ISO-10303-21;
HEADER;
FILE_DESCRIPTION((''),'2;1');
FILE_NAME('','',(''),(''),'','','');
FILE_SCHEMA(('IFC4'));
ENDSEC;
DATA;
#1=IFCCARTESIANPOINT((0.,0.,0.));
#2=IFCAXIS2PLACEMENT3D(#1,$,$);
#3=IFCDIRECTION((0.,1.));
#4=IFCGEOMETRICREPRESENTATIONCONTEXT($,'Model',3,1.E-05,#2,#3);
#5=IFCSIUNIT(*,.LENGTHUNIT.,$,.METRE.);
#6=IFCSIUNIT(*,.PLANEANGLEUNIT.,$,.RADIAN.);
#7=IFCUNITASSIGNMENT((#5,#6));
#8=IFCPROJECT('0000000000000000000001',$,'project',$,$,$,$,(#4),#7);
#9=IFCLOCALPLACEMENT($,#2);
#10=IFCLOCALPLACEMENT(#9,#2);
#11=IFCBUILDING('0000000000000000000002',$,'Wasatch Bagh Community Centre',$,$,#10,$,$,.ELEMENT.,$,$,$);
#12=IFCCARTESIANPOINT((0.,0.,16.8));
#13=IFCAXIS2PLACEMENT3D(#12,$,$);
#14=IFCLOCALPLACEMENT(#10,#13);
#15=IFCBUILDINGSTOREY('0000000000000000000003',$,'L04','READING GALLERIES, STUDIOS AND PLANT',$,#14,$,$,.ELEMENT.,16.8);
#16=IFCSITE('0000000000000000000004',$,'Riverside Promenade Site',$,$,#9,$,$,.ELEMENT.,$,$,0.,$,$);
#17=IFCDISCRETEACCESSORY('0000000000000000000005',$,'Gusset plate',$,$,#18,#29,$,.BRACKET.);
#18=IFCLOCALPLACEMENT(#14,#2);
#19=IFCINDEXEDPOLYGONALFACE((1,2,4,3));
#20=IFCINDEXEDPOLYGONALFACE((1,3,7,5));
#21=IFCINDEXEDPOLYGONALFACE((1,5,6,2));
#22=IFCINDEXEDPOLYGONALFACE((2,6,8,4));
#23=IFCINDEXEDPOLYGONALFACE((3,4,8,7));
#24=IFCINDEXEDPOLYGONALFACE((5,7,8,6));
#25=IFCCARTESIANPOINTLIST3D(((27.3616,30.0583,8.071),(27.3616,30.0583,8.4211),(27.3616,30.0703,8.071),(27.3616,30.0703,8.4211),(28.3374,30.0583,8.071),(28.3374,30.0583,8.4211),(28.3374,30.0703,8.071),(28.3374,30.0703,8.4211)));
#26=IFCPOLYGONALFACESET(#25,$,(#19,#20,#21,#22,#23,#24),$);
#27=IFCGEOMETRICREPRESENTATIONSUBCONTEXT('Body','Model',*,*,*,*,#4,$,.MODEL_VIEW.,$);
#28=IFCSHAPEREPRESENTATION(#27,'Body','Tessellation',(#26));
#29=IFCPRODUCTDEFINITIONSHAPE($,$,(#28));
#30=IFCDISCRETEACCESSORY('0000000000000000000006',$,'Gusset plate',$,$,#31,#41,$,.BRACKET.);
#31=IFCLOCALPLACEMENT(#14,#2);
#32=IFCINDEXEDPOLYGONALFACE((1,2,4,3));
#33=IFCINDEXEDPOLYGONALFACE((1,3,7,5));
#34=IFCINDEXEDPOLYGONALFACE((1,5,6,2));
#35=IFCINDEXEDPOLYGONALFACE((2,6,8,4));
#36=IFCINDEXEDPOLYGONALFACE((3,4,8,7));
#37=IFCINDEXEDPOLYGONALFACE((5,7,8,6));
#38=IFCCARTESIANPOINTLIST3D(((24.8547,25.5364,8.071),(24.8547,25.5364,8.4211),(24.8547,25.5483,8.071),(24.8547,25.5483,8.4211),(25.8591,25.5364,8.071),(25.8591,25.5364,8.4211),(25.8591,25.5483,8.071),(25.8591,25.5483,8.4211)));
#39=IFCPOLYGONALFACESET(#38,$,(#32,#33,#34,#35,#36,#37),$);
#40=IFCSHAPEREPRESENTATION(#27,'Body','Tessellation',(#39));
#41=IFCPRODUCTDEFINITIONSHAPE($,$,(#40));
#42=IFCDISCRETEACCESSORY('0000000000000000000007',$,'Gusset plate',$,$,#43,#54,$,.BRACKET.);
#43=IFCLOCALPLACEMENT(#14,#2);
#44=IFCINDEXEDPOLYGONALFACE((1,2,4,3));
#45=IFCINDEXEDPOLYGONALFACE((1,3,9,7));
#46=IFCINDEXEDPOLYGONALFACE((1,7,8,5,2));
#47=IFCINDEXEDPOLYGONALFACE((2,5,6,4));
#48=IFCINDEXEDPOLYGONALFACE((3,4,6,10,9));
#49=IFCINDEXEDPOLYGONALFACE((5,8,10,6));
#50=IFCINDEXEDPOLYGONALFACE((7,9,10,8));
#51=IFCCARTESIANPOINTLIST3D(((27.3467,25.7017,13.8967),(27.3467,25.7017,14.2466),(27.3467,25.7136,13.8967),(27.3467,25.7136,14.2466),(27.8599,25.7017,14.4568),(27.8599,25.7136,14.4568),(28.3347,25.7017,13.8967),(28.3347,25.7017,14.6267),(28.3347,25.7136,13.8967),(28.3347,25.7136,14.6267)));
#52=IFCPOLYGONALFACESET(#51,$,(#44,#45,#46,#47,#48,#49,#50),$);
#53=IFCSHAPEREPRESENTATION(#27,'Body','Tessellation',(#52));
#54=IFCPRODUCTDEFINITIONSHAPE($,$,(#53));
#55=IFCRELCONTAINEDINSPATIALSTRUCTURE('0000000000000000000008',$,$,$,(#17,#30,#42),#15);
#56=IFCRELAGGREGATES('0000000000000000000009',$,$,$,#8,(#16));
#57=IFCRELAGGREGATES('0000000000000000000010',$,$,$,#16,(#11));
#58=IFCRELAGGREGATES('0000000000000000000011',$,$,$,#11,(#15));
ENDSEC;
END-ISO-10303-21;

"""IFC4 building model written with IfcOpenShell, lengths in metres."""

from ifc_helpers import new_model, si_unit, direction, frame, origin, place, context, subcontext, project, spatial, polyline, outline, extrude, element, save


model = new_model("IFC4")

# Units and contexts
model_context = context("Model", 3, precision=1e-05, world=origin(), true_north=direction((0.0, 1.0)))
body_context = subcontext(model_context, "Body", "Model", "MODEL_VIEW")
ifc_project = project(units=[si_unit("LENGTHUNIT", "METRE"), si_unit("PLANEANGLEUNIT", "RADIAN")], contexts=[model_context])

# Site, building, storey
site_placement = place(None, origin())
site = spatial("IfcSite", under=ifc_project, at=site_placement, Name="Riverside Promenade Site", CompositionType="ELEMENT", RefElevation=0.0)
building_placement = place(site_placement, origin())
building = spatial("IfcBuilding", under=site, at=building_placement, Name="Wasatch Bagh Community Centre", CompositionType="ELEMENT")
storey_placement = place(building_placement, frame((0.0, 0.0, 16.8)))
storey = spatial("IfcBuildingStorey", under=building, at=storey_placement, Name="L04", Description="READING GALLERIES, STUDIOS AND PLANT", CompositionType="ELEMENT", Elevation=16.8)

# Discrete accessories
discrete_accessory_1_placement = place(storey_placement, frame((27.3616, 30.0583, 8.071), z_axis=(0.0, -1.0, 0.0), x_axis=(1.0, 0.0, 0.0)))
element("IfcDiscreteAccessory", 1, at=discrete_accessory_1_placement, inside=storey, Name="Gusset plate", PredefinedType="BRACKET", context=body_context, shape_type="SweptSolid", body=[
    extrude(outline(polyline([(0.0, 0.0), (0.9758, 0.0), (0.9758, 0.3501), (0.0, 0.3501), (0.0, 0.0)])), origin(), (0.0, 0.0, -1.0), 0.012),
])
discrete_accessory_2_placement = place(storey_placement, frame((24.8547, 25.5364, 8.071), z_axis=(0.0, -1.0, 0.0), x_axis=(1.0, 0.0, 0.0)))
element("IfcDiscreteAccessory", 2, at=discrete_accessory_2_placement, inside=storey, Name="Gusset plate", PredefinedType="BRACKET", context=body_context, shape_type="SweptSolid", body=[
    extrude(outline(polyline([(0.0, 0.0), (1.0044, 0.0), (1.0044, 0.3501), (0.0, 0.3501), (0.0, 0.0)])), origin(), (0.0, 0.0, -1.0), 0.012),
])
discrete_accessory_3_placement = place(storey_placement, frame((27.3467, 25.7136, 14.2466), z_axis=(0.0, 1.0, 0.0), x_axis=(0.925379, 0.0, 0.379044)))
element("IfcDiscreteAccessory", 3, at=discrete_accessory_3_placement, inside=storey, Name="Gusset plate", PredefinedType="BRACKET", context=body_context, shape_type="SweptSolid", body=[
    extrude(outline(polyline([(0.0, 0.0), (0.5546, 0.0), (1.0584, 0.0227), (0.7817, 0.6983), (-0.1326, 0.3237), (0.0, 0.0)])), origin(), (0.0, 0.0, -1.0), 0.012),
])

save(model, "model.ifc")
